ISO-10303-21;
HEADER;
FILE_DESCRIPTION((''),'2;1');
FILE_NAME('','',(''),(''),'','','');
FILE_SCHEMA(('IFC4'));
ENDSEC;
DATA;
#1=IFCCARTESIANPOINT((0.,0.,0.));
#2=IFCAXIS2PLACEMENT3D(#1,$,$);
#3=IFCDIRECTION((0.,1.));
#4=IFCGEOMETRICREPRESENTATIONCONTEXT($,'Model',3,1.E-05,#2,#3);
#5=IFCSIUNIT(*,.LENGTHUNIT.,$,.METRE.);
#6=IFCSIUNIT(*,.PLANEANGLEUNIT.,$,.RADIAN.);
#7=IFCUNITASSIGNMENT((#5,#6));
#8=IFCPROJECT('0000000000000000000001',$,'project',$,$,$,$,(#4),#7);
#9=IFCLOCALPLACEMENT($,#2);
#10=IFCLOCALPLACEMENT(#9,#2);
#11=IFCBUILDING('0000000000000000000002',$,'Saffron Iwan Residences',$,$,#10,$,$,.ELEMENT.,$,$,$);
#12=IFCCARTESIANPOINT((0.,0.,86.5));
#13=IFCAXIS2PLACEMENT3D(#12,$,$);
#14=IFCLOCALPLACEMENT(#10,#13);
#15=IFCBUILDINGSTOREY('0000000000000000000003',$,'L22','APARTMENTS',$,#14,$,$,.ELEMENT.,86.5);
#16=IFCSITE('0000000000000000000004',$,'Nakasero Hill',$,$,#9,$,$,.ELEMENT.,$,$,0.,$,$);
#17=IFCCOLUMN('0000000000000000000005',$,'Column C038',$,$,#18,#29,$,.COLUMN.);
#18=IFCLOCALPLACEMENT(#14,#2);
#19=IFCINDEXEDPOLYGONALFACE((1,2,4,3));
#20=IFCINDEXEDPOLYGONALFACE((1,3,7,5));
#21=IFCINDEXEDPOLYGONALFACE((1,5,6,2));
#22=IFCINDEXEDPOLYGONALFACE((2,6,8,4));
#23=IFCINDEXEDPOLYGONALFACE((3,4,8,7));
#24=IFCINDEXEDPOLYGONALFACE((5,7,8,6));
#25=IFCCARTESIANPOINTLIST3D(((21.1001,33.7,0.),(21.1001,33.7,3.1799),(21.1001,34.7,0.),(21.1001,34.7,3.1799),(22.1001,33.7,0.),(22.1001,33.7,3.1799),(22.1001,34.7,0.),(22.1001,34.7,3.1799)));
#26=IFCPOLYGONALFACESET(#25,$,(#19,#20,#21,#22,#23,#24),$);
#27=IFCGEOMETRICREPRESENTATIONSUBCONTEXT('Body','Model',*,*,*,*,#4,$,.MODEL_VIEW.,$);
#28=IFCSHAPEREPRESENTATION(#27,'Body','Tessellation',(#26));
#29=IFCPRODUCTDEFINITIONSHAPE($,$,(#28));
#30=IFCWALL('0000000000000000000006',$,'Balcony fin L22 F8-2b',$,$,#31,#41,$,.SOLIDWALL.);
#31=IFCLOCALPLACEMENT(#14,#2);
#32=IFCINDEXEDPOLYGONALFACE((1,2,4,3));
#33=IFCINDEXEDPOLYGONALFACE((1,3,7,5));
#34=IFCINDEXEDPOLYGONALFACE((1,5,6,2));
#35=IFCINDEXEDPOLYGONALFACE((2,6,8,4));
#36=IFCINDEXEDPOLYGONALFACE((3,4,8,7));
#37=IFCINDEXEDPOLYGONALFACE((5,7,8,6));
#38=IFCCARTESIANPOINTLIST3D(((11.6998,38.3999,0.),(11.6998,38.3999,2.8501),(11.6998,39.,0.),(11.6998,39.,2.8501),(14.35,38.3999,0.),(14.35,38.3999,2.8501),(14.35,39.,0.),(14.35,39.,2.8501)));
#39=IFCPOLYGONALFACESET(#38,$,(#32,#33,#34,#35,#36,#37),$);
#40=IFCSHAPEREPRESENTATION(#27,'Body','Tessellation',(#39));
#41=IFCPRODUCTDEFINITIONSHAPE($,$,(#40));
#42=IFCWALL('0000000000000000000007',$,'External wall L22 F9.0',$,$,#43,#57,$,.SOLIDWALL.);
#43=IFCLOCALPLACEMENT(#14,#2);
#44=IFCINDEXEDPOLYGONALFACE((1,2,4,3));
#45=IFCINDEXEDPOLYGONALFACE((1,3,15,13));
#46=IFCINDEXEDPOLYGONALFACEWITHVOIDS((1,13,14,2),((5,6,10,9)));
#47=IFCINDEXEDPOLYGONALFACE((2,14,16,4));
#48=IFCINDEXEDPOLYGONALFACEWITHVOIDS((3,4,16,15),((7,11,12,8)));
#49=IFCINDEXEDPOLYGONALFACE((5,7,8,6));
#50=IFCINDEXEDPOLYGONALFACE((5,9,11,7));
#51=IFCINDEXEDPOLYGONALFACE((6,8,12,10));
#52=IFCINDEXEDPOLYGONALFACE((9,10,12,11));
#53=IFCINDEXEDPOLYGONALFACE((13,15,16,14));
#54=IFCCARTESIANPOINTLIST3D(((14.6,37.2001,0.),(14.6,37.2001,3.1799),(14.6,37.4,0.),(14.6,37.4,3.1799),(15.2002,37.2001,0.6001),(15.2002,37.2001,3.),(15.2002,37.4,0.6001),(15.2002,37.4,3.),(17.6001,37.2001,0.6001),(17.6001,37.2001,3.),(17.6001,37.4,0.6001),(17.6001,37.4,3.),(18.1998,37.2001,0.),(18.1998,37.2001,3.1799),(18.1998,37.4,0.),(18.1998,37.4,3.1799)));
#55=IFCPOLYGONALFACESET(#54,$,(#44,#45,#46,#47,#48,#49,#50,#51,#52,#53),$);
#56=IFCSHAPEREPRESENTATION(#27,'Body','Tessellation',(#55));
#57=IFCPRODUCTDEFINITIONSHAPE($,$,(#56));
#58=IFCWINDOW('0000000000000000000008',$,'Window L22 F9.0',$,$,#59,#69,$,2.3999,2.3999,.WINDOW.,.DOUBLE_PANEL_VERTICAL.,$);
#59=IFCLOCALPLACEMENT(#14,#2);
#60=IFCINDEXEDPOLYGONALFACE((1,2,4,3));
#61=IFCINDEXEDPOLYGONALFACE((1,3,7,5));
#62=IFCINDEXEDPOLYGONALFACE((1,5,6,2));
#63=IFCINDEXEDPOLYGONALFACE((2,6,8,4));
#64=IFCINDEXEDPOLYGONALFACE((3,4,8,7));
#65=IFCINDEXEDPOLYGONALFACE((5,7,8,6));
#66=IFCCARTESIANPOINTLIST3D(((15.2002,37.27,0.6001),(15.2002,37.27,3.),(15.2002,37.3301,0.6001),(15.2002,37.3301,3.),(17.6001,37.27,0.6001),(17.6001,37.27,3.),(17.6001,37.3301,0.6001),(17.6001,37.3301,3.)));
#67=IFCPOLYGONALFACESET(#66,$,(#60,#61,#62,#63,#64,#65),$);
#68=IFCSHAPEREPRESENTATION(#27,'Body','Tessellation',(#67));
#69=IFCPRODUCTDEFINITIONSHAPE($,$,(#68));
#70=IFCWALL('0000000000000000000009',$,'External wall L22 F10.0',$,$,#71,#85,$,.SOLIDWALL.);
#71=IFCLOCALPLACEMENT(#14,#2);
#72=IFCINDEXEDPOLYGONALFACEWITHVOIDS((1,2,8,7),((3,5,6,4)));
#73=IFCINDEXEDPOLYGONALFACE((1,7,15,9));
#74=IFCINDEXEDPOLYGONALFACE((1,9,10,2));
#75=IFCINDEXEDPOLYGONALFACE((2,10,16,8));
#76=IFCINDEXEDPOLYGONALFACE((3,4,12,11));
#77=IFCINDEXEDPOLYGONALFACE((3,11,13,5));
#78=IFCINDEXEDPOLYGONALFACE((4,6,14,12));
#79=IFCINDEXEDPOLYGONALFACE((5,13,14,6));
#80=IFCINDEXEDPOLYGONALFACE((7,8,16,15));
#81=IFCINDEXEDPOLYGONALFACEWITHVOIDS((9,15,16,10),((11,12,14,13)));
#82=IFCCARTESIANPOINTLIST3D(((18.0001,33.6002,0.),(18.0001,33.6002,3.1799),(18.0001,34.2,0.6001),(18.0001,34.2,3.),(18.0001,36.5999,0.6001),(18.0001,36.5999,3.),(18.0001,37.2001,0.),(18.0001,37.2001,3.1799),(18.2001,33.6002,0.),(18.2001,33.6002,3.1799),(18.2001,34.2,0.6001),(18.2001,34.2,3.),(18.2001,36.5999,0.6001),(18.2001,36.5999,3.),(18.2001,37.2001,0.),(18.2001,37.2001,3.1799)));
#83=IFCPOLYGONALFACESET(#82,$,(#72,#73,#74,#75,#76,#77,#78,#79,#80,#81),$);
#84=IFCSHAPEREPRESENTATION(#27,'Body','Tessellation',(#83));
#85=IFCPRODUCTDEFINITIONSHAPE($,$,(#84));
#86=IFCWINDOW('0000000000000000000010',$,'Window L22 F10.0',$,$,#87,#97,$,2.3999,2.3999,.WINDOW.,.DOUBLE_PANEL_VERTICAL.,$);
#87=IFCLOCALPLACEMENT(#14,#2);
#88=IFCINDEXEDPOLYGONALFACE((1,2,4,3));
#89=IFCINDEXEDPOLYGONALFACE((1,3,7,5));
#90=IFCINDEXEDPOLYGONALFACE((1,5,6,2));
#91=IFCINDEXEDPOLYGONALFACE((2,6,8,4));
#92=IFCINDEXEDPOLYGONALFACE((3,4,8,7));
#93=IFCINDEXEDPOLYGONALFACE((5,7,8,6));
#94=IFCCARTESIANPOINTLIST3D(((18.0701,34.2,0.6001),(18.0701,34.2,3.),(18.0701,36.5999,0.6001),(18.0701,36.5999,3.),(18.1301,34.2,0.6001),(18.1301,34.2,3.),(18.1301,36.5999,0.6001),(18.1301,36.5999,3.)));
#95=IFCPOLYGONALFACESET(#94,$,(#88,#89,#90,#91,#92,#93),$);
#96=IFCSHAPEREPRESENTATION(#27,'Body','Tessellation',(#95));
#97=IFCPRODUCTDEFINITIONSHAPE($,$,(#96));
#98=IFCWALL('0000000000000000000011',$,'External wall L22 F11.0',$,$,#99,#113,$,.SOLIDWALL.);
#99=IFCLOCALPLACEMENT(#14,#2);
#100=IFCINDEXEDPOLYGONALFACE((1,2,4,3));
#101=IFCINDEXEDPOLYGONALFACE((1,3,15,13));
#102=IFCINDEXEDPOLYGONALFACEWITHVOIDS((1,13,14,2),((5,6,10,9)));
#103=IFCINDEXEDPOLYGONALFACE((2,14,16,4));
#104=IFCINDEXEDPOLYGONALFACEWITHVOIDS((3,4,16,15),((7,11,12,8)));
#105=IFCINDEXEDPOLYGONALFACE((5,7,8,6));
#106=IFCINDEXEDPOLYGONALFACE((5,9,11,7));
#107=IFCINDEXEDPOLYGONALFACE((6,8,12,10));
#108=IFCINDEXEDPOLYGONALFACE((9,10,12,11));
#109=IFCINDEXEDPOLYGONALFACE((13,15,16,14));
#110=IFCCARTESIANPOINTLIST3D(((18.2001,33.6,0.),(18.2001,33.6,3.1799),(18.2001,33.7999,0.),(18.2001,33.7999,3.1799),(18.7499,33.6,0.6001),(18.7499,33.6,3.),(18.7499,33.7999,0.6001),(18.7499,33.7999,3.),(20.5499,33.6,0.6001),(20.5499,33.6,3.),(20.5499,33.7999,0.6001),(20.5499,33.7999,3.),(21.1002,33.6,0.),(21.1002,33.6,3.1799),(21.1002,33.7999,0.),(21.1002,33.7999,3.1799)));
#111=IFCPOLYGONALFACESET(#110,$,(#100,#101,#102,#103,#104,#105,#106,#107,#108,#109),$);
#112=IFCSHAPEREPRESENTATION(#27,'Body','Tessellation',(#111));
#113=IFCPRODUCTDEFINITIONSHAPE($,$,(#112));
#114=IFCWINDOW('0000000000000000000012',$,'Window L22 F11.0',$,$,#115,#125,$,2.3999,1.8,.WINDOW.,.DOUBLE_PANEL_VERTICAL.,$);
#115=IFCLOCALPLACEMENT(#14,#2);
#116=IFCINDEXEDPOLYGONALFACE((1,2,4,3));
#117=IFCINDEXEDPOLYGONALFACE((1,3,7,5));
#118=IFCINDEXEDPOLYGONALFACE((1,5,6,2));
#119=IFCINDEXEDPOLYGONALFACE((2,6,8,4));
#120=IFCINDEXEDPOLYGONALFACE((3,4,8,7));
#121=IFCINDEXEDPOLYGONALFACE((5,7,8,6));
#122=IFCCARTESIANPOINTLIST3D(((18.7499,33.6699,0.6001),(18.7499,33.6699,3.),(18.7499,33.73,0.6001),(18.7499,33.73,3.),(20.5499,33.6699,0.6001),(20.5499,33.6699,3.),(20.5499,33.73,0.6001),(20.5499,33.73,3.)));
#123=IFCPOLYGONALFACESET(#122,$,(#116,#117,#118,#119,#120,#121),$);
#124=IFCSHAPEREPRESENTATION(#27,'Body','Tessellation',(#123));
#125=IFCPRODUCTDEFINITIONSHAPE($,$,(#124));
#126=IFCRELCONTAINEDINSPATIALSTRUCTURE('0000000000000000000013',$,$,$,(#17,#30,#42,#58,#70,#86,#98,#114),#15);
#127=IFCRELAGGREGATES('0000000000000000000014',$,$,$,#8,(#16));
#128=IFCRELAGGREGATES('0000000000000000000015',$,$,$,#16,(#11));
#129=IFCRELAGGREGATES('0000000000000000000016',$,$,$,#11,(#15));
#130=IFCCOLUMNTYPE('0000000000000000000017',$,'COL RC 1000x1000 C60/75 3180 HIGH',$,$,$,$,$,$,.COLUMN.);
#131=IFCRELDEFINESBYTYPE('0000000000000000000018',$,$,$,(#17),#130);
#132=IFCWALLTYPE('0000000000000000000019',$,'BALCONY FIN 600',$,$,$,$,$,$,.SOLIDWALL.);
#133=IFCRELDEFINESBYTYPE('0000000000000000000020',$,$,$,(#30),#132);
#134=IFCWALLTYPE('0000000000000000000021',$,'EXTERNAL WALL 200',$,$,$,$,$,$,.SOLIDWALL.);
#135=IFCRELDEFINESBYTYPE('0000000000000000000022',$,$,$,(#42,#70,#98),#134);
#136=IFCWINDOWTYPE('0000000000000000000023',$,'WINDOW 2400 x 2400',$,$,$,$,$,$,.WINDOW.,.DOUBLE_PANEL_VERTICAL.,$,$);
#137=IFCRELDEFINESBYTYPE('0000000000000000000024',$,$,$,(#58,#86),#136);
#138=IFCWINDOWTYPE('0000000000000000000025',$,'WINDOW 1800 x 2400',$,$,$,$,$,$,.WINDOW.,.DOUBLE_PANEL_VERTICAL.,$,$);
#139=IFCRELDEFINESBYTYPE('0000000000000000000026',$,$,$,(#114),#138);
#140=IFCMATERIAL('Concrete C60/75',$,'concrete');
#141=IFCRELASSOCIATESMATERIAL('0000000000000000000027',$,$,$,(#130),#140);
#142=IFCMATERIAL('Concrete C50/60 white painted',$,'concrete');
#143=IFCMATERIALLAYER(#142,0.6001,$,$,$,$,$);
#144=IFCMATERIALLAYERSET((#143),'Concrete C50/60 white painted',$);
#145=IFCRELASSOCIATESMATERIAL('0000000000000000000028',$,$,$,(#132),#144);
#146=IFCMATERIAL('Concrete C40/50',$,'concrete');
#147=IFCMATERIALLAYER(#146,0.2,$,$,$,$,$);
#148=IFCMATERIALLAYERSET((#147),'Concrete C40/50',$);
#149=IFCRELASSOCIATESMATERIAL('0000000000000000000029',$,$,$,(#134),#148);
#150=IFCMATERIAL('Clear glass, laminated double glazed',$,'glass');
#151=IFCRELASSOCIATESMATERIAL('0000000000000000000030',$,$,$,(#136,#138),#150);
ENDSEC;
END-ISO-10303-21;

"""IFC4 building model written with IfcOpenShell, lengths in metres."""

from ifc_helpers import new_model, si_unit, direction, frame, frame_2d, origin, origin_2d, place, context, subcontext, project, spatial, rectangle, extrude, source, transform, mapped, material, layer, layer_set, material_profile, profile_set, type_object, element, fill, save


model = new_model("IFC4")

# Units and contexts
model_context = context("Model", 3, precision=1e-05, world=origin(), true_north=direction((0.0, 1.0)))
body_context = subcontext(model_context, "Body", "Model", "MODEL_VIEW")
ifc_project = project(units=[si_unit("LENGTHUNIT", "METRE"), si_unit("PLANEANGLEUNIT", "RADIAN")], contexts=[model_context])

# Site, building, storey
site_placement = place(None, origin())
site = spatial("IfcSite", under=ifc_project, at=site_placement, Name="Nakasero Hill", CompositionType="ELEMENT", RefElevation=0.0)
building_placement = place(site_placement, origin())
building = spatial("IfcBuilding", under=site, at=building_placement, Name="Saffron Iwan Residences", CompositionType="ELEMENT")
storey_placement = place(building_placement, frame((0.0, 0.0, 86.5)))
storey = spatial("IfcBuildingStorey", under=building, at=storey_placement, Name="L22", Description="APARTMENTS", CompositionType="ELEMENT", Elevation=86.5)

# Column
ifc_material_1 = material(Name="Concrete C60/75", Category="concrete")
ifc_material_profile = material_profile(ifc_material_1, rectangle(XDim=1.0, YDim=1.0, at=origin_2d()), Name="RC 1000x1000")
ifc_profile_set = profile_set([ifc_material_profile], Name="Concrete C60/75")
column_type = type_object("IfcColumnType", Name="COL RC 1000x1000 C60/75 3180 HIGH", PredefinedType="COLUMN", material=ifc_profile_set)
shared_shape = source(origin(), body_context, "Body", "SweptSolid", [
    extrude(rectangle(XDim=1.0, YDim=1.0, at=origin_2d()), origin(), (0.0, 0.0, 1.0), 3.1799),
])
column_placement = place(storey_placement, frame((21.6001, 34.2, 0.0), z_axis=(0.0, 0.0, 1.0), x_axis=(1.0, 0.0, 0.0)))
element("IfcColumn", 1, at=column_placement, inside=storey, type_object=column_type, Name="Column C038", PredefinedType="COLUMN", context=body_context, shape_type="MappedRepresentation", body=[
    mapped(shared_shape, transform((0.0, 0.0, 0.0))),
])

# Wall
ifc_material_2 = material(Name="Concrete C50/60 white painted", Category="concrete")
ifc_layer_1 = layer(ifc_material_2, 0.6001)
ifc_layer_set_1 = layer_set([ifc_layer_1], Name="Concrete C50/60 white painted")
wall_type_1 = type_object("IfcWallType", Name="BALCONY FIN 600", PredefinedType="SOLIDWALL", material=ifc_layer_set_1)
wall_1_placement = place(storey_placement, frame((14.3501, 38.7, 0.0), z_axis=(0.0, 0.0, 1.0), x_axis=(-1.0, 0.0, 0.0)))
element("IfcWall", 2, at=wall_1_placement, inside=storey, type_object=wall_type_1, Name="Balcony fin L22 F8-2b", PredefinedType="SOLIDWALL", context=body_context, shape_type="SweptSolid", body=[
    extrude(rectangle(XDim=2.6501, YDim=0.6001, at=frame_2d((1.3252, 0.0))), origin(), (0.0, 0.0, 1.0), 2.8501),
])

# Walls, openings, windows
ifc_material_3 = material(Name="Concrete C40/50", Category="concrete")
ifc_layer_2 = layer(ifc_material_3, 0.2)
ifc_layer_set_2 = layer_set([ifc_layer_2], Name="Concrete C40/50")
wall_type_2 = type_object("IfcWallType", Name="EXTERNAL WALL 200", PredefinedType="SOLIDWALL", material=ifc_layer_set_2)
wall_2_placement = place(storey_placement, frame((14.6001, 37.3, 0.0), z_axis=(0.0, 0.0, 1.0), x_axis=(1.0, 0.0, 0.0)))
wall_2 = element("IfcWall", 3, at=wall_2_placement, inside=storey, type_object=wall_type_2, Name="External wall L22 F9.0", PredefinedType="SOLIDWALL", context=body_context, shape_type="SweptSolid", body=[
    extrude(rectangle(XDim=3.5999, YDim=0.2, at=frame_2d((1.7998, 0.0))), origin(), (0.0, 0.0, 1.0), 3.1799),
])
opening_1_placement = place(wall_2_placement, frame((0.6001, 0.0, 0.6001)))
opening_1 = element("IfcOpeningElement", 4, at=opening_1_placement, cuts=wall_2, PredefinedType="OPENING", context=body_context, shape_type="SweptSolid", body=[
    extrude(rectangle(XDim=2.3999, YDim=2.3999, at=frame_2d((1.2, 1.2))), frame((0.0, 0.1099, 0.0), z_axis=(0.0, -1.0, 0.0), x_axis=(1.0, 0.0, 0.0)), (0.0, 0.0, 1.0), 0.22),
])
ifc_material_4 = material(Name="Clear glass, laminated double glazed", Category="glass")
window_type_1 = type_object("IfcWindowType", Name="WINDOW 2400 x 2400", PartitioningType="DOUBLE_PANEL_VERTICAL", PredefinedType="WINDOW", material=ifc_material_4)
window_1_placement = place(opening_1_placement, origin())
window_1 = element("IfcWindow", 5, at=window_1_placement, inside=storey, type_object=window_type_1, Name="Window L22 F9.0", OverallHeight=2.3999, OverallWidth=2.3999, PartitioningType="DOUBLE_PANEL_VERTICAL", PredefinedType="WINDOW", context=body_context, shape_type="SweptSolid", body=[
    extrude(rectangle(XDim=2.3999, YDim=2.3999, at=frame_2d((1.2, 1.2))), frame((0.0, 0.03, 0.0), z_axis=(0.0, -1.0, 0.0), x_axis=(1.0, 0.0, 0.0)), (0.0, 0.0, 1.0), 0.0601),
])
fill(opening_1, window_1)
wall_3_placement = place(storey_placement, frame((18.1001, 37.2, 0.0), z_axis=(0.0, 0.0, 1.0), x_axis=(0.0, -1.0, 0.0)))
wall_3 = element("IfcWall", 6, at=wall_3_placement, inside=storey, type_object=wall_type_2, Name="External wall L22 F10.0", PredefinedType="SOLIDWALL", context=body_context, shape_type="SweptSolid", body=[
    extrude(rectangle(XDim=3.5999, YDim=0.2, at=frame_2d((1.7998, 0.0))), origin(), (0.0, 0.0, 1.0), 3.1799),
])
opening_2_placement = place(wall_3_placement, frame((0.6001, 0.0, 0.6001)))
opening_2 = element("IfcOpeningElement", 7, at=opening_2_placement, cuts=wall_3, PredefinedType="OPENING", context=body_context, shape_type="SweptSolid", body=[
    extrude(rectangle(XDim=2.3999, YDim=2.3999, at=frame_2d((1.2, 1.2))), frame((0.0, 0.1099, 0.0), z_axis=(0.0, -1.0, 0.0), x_axis=(1.0, 0.0, 0.0)), (0.0, 0.0, 1.0), 0.22),
])
window_2_placement = place(opening_2_placement, origin())
window_2 = element("IfcWindow", 8, at=window_2_placement, inside=storey, type_object=window_type_1, Name="Window L22 F10.0", OverallHeight=2.3999, OverallWidth=2.3999, PartitioningType="DOUBLE_PANEL_VERTICAL", PredefinedType="WINDOW", context=body_context, shape_type="SweptSolid", body=[
    extrude(rectangle(XDim=2.3999, YDim=2.3999, at=frame_2d((1.2, 1.2))), frame((0.0, 0.03, 0.0), z_axis=(0.0, -1.0, 0.0), x_axis=(1.0, 0.0, 0.0)), (0.0, 0.0, 1.0), 0.0601),
])
fill(opening_2, window_2)
wall_4_placement = place(storey_placement, frame((18.2, 33.7, 0.0), z_axis=(0.0, 0.0, 1.0), x_axis=(1.0, 0.0, 0.0)))
wall_4 = element("IfcWall", 9, at=wall_4_placement, inside=storey, type_object=wall_type_2, Name="External wall L22 F11.0", PredefinedType="SOLIDWALL", context=body_context, shape_type="SweptSolid", body=[
    extrude(rectangle(XDim=2.9001, YDim=0.2, at=frame_2d((1.4502, 0.0))), origin(), (0.0, 0.0, 1.0), 3.1799),
])
opening_3_placement = place(wall_4_placement, frame((0.55, 0.0, 0.6001)))
opening_3 = element("IfcOpeningElement", 10, at=opening_3_placement, cuts=wall_4, PredefinedType="OPENING", context=body_context, shape_type="SweptSolid", body=[
    extrude(rectangle(XDim=1.8, YDim=2.3999, at=frame_2d((0.8999, 1.2))), frame((0.0, 0.1099, 0.0), z_axis=(0.0, -1.0, 0.0), x_axis=(1.0, 0.0, 0.0)), (0.0, 0.0, 1.0), 0.22),
])
window_type_2 = type_object("IfcWindowType", Name="WINDOW 1800 x 2400", PartitioningType="DOUBLE_PANEL_VERTICAL", PredefinedType="WINDOW", material=ifc_material_4)
window_3_placement = place(opening_3_placement, origin())
window_3 = element("IfcWindow", 11, at=window_3_placement, inside=storey, type_object=window_type_2, Name="Window L22 F11.0", OverallHeight=2.3999, OverallWidth=1.8, PartitioningType="DOUBLE_PANEL_VERTICAL", PredefinedType="WINDOW", context=body_context, shape_type="SweptSolid", body=[
    extrude(rectangle(XDim=1.8, YDim=2.3999, at=frame_2d((0.8999, 1.2))), frame((0.0, 0.03, 0.0), z_axis=(0.0, -1.0, 0.0), x_axis=(1.0, 0.0, 0.0)), (0.0, 0.0, 1.0), 0.0601),
])
fill(opening_3, window_3)

save(model, "model.ifc")
